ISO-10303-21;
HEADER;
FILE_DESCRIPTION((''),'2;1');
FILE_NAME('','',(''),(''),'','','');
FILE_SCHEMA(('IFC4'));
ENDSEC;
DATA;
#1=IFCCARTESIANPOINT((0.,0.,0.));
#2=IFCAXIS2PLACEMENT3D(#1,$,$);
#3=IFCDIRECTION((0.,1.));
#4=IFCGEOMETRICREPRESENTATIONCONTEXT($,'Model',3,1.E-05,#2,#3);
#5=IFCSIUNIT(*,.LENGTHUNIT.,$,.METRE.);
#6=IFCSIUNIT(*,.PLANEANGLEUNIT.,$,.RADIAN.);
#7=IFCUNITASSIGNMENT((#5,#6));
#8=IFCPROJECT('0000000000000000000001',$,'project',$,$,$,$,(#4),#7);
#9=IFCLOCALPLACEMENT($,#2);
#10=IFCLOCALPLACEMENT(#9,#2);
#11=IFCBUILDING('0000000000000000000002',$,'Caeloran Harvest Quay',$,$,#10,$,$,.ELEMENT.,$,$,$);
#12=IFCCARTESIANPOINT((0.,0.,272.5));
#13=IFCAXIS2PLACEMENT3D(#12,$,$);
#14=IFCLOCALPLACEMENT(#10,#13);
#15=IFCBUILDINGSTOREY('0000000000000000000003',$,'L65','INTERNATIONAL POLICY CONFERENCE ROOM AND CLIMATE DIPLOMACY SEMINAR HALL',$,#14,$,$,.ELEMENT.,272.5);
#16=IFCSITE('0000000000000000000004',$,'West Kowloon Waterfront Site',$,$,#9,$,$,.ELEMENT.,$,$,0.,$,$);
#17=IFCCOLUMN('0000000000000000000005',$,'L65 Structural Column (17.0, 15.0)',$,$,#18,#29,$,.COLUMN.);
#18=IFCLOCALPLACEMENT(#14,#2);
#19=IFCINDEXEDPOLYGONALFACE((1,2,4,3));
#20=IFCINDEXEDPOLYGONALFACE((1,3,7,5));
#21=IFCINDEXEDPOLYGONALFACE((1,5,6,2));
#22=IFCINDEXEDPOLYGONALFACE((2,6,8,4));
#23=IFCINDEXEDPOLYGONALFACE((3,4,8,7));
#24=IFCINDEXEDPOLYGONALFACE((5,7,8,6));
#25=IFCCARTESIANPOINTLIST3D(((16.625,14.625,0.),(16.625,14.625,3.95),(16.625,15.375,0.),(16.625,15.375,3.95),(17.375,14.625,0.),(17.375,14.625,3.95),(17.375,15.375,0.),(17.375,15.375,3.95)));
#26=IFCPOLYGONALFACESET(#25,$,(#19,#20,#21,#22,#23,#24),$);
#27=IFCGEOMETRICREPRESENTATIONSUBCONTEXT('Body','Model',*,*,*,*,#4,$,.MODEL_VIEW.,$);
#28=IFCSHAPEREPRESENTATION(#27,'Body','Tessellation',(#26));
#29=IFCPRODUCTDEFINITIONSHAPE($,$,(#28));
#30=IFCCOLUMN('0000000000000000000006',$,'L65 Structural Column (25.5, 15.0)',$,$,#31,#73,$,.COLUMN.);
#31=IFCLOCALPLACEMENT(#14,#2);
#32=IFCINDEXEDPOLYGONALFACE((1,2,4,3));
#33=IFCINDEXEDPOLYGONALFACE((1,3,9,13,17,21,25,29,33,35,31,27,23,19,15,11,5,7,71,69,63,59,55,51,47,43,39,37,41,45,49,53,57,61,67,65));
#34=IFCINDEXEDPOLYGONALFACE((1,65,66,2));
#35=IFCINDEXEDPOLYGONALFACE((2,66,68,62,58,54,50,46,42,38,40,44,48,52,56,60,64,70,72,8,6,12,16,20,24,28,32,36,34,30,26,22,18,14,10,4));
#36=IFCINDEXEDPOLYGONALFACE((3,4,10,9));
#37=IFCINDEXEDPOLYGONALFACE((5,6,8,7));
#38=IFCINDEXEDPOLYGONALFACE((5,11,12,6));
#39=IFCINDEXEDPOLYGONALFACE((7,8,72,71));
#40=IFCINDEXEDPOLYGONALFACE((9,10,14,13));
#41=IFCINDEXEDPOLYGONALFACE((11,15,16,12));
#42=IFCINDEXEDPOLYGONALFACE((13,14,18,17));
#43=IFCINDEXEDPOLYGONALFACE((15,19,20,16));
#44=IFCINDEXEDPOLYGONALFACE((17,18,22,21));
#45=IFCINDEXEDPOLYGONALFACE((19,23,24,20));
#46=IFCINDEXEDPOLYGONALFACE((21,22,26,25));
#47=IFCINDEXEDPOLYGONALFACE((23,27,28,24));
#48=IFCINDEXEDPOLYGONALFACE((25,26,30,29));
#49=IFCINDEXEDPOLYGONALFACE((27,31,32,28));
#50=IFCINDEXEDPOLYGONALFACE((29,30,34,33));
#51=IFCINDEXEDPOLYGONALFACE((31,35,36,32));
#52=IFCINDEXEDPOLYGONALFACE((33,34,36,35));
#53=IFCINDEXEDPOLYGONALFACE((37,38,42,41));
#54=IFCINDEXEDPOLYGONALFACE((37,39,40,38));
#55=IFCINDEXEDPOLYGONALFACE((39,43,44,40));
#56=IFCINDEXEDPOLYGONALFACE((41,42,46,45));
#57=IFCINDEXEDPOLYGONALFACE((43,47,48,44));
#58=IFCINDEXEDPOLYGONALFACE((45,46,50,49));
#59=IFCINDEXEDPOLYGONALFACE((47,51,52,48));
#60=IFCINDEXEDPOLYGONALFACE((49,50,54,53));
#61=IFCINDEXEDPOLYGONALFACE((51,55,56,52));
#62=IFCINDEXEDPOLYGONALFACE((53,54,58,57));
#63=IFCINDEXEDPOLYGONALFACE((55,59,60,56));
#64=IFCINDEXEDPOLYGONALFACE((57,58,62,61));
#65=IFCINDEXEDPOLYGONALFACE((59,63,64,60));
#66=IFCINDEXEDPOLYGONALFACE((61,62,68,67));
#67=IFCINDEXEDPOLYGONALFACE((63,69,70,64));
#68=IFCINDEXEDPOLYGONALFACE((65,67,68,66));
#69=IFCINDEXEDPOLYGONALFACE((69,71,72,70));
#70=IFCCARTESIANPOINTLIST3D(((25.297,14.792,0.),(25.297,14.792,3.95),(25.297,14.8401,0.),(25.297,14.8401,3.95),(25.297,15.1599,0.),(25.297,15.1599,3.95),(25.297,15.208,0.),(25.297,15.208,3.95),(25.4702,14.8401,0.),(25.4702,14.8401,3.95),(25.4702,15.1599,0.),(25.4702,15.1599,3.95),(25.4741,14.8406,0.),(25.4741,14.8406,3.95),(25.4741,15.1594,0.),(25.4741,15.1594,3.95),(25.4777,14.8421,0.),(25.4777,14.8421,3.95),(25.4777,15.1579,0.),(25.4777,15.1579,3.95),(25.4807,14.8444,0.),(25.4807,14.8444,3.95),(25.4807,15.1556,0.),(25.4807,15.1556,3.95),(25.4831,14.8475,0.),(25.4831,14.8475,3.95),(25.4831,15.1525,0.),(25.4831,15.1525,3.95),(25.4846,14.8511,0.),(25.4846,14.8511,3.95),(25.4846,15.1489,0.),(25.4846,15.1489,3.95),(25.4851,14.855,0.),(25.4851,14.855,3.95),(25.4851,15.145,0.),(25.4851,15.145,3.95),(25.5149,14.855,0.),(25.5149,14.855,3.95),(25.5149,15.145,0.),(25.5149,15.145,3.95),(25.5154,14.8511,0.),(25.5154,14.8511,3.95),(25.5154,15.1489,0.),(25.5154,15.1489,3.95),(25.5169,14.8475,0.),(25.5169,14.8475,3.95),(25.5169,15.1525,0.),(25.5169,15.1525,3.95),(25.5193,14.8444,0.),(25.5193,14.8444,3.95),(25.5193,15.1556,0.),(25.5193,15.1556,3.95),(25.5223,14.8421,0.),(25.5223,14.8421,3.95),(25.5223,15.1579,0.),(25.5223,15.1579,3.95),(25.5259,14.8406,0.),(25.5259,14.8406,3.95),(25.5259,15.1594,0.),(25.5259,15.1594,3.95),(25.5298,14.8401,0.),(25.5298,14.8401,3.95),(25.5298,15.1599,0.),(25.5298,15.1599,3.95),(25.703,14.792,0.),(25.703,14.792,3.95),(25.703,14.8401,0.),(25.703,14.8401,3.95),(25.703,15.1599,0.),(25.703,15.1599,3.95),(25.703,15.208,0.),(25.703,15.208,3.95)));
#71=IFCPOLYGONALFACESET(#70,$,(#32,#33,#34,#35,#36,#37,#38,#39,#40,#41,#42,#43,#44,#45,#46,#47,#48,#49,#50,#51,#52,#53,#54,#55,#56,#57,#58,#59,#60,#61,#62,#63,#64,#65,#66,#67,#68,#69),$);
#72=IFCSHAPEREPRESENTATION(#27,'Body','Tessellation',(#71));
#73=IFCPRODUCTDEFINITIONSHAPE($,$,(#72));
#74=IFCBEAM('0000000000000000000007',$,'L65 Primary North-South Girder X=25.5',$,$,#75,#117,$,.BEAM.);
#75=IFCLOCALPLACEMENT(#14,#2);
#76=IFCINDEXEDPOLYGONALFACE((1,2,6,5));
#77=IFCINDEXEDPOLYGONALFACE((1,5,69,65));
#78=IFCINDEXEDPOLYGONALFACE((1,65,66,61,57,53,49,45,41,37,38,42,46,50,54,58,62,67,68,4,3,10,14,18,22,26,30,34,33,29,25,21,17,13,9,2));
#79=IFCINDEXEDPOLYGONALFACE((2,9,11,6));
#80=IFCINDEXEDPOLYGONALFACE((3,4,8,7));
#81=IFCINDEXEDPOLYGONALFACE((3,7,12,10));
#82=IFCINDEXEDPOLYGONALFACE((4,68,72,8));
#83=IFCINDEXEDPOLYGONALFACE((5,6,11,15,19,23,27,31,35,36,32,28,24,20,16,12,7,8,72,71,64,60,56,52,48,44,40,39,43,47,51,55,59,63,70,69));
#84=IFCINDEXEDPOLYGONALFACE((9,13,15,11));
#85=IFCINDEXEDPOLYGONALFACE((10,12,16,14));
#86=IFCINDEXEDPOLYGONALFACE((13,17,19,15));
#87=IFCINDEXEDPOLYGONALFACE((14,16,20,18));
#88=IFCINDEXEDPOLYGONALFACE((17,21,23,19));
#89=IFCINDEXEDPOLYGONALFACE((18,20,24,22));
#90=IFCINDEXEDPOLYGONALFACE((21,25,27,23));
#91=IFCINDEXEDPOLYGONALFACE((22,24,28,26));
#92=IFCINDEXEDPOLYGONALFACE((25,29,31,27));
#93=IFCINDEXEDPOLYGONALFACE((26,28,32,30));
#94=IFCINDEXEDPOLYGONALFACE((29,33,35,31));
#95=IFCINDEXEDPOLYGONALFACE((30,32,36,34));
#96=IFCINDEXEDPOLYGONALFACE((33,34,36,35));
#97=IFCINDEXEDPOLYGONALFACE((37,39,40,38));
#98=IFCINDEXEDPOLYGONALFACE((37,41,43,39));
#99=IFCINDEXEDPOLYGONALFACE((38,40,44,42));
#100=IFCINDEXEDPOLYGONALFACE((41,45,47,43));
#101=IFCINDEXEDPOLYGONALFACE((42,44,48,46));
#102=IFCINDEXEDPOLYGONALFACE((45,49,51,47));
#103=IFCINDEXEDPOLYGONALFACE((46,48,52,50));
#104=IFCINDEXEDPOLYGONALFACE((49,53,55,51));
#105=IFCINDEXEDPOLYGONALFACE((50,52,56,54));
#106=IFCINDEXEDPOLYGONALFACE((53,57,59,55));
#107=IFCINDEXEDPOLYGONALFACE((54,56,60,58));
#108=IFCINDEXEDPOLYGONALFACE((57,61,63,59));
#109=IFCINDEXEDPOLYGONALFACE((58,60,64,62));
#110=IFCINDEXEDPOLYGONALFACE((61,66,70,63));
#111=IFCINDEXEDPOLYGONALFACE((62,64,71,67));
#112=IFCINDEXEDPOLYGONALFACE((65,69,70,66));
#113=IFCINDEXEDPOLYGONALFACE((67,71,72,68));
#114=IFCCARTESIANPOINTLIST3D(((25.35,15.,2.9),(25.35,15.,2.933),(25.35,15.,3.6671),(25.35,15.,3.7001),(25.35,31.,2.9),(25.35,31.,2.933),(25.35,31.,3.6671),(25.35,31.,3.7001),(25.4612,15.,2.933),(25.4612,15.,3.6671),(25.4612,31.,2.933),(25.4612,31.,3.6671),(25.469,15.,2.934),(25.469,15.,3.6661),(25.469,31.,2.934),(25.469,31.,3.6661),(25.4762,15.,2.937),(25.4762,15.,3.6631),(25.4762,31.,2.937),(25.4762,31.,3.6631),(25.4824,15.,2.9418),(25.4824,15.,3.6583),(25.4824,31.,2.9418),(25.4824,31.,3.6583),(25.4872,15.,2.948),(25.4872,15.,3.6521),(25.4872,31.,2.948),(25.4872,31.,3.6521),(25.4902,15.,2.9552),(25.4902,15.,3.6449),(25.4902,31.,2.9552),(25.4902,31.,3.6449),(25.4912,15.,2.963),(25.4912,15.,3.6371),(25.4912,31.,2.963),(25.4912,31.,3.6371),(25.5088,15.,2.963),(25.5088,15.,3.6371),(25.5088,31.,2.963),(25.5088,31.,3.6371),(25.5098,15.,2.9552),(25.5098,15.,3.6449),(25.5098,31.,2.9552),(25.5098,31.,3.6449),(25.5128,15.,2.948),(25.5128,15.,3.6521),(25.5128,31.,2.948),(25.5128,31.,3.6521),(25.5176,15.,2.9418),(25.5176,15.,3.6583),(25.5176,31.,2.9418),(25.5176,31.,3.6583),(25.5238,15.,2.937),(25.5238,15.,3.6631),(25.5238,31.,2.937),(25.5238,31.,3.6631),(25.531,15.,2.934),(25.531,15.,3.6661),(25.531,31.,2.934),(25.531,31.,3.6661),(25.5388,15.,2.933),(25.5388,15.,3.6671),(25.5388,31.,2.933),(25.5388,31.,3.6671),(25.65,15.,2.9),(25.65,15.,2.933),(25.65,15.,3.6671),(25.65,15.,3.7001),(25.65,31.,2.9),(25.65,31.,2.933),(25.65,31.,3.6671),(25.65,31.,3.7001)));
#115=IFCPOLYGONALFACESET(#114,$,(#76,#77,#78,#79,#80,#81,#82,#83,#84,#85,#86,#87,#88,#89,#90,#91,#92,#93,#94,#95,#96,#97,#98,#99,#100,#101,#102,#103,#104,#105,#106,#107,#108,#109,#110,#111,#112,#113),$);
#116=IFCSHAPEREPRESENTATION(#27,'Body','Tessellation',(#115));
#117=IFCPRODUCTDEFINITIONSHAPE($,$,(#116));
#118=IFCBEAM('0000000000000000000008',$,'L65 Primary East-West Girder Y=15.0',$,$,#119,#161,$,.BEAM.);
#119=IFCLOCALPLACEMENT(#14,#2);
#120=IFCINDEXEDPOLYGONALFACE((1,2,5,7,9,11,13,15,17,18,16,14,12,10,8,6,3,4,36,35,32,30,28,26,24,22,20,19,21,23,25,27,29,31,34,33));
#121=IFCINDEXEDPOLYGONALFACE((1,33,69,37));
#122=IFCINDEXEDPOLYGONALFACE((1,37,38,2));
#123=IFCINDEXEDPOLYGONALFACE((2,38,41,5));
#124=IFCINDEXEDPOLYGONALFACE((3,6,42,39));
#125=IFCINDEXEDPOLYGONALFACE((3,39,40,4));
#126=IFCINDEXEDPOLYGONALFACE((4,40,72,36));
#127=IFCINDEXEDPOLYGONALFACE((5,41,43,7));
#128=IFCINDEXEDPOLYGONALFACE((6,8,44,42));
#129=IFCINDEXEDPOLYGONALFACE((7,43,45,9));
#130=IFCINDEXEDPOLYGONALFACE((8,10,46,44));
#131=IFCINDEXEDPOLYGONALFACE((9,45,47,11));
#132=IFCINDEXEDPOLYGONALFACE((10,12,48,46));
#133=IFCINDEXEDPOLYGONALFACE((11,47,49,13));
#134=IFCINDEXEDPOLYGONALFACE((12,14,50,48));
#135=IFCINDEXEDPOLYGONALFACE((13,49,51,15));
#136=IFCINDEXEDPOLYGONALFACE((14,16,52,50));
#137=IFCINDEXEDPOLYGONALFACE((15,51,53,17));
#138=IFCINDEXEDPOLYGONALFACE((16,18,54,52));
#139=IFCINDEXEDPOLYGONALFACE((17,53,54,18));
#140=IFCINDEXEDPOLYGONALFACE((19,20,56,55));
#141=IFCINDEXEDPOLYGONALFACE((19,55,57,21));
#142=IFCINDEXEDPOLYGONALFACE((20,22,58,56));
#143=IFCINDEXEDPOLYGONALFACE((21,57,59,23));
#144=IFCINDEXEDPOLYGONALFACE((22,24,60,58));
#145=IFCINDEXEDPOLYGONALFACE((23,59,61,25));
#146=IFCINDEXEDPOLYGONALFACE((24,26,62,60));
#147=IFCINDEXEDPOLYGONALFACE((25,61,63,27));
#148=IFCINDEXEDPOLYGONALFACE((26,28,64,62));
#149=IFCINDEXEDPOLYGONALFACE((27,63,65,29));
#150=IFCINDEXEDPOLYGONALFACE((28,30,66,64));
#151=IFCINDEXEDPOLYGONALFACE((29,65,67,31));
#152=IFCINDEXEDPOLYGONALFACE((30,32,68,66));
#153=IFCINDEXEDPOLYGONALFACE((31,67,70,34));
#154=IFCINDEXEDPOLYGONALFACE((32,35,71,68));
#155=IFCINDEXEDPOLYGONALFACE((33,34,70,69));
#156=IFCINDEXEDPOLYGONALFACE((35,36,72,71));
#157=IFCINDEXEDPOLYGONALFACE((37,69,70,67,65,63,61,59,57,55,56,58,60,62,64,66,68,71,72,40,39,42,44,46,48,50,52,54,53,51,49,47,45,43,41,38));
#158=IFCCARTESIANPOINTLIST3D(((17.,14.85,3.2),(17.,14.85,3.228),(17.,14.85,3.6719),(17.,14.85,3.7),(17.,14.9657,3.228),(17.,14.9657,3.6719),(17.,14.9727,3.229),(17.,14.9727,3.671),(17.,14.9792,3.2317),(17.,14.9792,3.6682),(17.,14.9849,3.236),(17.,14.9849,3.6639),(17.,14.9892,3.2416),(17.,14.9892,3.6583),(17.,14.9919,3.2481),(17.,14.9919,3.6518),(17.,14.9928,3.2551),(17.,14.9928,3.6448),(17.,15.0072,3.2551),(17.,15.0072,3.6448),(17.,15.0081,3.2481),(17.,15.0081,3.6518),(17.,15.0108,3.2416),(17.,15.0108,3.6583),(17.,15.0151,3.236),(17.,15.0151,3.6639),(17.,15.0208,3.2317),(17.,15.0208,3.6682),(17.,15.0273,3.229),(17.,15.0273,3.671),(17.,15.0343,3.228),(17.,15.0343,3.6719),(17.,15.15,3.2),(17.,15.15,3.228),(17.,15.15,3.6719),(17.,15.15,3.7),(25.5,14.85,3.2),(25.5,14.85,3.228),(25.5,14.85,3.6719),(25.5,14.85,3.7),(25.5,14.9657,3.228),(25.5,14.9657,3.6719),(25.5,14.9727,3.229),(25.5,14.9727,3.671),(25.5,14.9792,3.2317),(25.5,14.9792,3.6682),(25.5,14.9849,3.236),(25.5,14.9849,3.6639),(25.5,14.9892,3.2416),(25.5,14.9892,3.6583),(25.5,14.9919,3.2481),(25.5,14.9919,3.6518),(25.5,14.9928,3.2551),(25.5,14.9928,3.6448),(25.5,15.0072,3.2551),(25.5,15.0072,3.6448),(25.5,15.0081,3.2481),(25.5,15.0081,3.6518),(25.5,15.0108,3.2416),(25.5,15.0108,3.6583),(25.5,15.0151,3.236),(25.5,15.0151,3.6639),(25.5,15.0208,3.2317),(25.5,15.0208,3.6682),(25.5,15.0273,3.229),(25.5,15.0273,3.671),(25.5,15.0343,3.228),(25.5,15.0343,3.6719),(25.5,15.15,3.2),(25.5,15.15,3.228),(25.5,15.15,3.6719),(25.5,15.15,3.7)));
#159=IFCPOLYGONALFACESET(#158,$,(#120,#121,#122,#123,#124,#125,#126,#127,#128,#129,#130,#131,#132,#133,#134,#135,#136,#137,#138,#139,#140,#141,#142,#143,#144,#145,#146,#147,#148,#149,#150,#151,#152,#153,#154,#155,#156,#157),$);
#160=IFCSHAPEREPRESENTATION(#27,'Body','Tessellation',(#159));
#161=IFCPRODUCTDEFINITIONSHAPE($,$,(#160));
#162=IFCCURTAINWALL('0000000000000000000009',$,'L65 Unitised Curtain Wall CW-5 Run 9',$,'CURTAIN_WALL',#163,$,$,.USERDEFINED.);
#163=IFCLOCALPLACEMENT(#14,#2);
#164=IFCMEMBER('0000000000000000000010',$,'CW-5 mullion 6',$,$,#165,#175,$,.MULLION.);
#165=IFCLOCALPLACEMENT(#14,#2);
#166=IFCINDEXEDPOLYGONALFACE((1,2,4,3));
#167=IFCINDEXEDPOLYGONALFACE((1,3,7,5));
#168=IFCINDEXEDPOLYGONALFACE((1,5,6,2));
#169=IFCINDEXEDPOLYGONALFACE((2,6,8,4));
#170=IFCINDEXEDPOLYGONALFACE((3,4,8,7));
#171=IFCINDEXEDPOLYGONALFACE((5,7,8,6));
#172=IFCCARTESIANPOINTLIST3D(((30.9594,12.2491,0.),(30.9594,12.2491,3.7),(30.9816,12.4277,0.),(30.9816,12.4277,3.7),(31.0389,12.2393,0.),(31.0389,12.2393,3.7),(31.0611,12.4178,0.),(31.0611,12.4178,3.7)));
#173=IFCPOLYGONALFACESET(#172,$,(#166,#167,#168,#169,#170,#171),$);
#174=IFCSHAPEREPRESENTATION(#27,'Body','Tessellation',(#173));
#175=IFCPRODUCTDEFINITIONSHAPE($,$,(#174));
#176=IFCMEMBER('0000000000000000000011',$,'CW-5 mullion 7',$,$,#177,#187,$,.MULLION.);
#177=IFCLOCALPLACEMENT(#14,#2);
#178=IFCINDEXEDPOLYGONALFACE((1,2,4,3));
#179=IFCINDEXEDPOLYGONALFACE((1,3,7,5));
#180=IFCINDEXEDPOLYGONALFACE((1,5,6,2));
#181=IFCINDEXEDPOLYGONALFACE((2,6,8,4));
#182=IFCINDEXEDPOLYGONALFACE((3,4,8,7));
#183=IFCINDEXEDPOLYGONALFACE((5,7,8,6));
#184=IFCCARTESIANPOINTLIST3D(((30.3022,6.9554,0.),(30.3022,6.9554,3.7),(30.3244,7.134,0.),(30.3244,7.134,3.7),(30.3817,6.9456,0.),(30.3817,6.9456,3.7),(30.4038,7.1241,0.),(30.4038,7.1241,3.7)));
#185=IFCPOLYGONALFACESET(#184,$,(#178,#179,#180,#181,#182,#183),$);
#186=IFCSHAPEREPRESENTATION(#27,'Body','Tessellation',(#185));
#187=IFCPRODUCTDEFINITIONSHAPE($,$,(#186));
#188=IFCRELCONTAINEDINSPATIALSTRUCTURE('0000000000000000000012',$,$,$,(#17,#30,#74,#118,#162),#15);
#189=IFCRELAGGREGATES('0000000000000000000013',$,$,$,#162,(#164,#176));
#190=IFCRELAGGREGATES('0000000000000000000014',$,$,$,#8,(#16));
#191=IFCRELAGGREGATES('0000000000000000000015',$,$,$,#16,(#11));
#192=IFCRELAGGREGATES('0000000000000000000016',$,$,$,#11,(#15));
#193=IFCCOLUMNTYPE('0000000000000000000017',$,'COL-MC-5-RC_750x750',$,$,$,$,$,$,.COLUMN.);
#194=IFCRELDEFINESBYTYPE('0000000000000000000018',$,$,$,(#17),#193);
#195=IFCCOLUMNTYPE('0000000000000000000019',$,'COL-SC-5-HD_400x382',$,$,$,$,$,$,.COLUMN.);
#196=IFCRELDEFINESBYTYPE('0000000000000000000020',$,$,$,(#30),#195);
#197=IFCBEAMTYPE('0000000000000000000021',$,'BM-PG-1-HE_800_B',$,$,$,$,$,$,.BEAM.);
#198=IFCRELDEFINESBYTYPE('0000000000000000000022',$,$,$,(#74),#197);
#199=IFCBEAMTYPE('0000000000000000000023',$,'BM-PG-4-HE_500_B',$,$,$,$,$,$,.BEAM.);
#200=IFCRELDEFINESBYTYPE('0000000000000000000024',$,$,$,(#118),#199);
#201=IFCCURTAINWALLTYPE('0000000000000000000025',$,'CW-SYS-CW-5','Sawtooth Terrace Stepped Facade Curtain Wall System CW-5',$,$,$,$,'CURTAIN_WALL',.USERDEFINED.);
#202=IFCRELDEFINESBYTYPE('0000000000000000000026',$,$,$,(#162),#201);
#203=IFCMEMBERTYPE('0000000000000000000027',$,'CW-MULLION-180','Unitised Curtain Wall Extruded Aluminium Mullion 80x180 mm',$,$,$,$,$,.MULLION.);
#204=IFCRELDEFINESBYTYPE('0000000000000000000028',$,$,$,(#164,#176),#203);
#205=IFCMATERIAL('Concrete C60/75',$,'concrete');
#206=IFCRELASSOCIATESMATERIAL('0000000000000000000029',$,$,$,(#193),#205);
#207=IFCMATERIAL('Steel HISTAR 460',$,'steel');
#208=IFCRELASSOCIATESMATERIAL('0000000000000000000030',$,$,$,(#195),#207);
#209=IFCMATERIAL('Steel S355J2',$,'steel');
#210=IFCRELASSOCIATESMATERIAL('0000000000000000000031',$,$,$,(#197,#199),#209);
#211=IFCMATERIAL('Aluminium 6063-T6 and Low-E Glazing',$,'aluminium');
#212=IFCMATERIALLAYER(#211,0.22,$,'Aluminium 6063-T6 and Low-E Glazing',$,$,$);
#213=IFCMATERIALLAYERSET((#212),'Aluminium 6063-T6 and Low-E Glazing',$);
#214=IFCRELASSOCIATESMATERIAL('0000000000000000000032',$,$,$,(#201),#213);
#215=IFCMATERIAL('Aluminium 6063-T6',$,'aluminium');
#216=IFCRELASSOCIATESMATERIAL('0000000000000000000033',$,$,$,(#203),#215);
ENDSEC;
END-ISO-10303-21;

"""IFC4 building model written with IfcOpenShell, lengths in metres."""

from ifc_helpers import new_model, si_unit, direction, frame, origin, origin_2d, place, context, subcontext, project, spatial, rectangle, i_section, extrude, material, layer, layer_set, material_profile, profile_set, type_object, element, aggregate, save


model = new_model("IFC4")

# Units and contexts
model_context = context("Model", 3, precision=1e-05, world=origin(), true_north=direction((0.0, 1.0)))
body_context = subcontext(model_context, "Body", "Model", "MODEL_VIEW")
ifc_project = project(units=[si_unit("LENGTHUNIT", "METRE"), si_unit("PLANEANGLEUNIT", "RADIAN")], contexts=[model_context])

# Site, building, storey
site_placement = place(None, origin())
site = spatial("IfcSite", under=ifc_project, at=site_placement, Name="West Kowloon Waterfront Site", CompositionType="ELEMENT", RefElevation=0.0)
building_placement = place(site_placement, origin())
building = spatial("IfcBuilding", under=site, at=building_placement, Name="Caeloran Harvest Quay", CompositionType="ELEMENT")
storey_placement = place(building_placement, frame((0.0, 0.0, 272.5)))
storey = spatial("IfcBuildingStorey", under=building, at=storey_placement, Name="L65", Description="INTERNATIONAL POLICY CONFERENCE ROOM AND CLIMATE DIPLOMACY SEMINAR HALL", CompositionType="ELEMENT", Elevation=272.5)

# Columns
ifc_material_1 = material(Name="Concrete C60/75", Category="concrete")
ifc_material_profile_1 = material_profile(ifc_material_1, rectangle(XDim=0.75, YDim=0.75, at=origin_2d()), Name="RC 750x750")
ifc_profile_set_1 = profile_set([ifc_material_profile_1], Name="Concrete C60/75")
column_type_1 = type_object("IfcColumnType", Name="COL-MC-5-RC_750x750", PredefinedType="COLUMN", material=ifc_profile_set_1)
column_1_placement = place(storey_placement, frame((17.0, 15.0, 0.0), z_axis=(0.0, 0.0, 1.0), x_axis=(1.0, 0.0, 0.0)))
element("IfcColumn", 1, at=column_1_placement, inside=storey, type_object=column_type_1, Name="L65 Structural Column (17.0, 15.0)", PredefinedType="COLUMN", context=body_context, shape_type="SweptSolid", body=[
    extrude(rectangle(XDim=0.75, YDim=0.75, at=origin_2d()), origin(), (0.0, 0.0, 1.0), 3.95),
])
ifc_material_2 = material(Name="Steel HISTAR 460", Category="steel")
ifc_material_profile_2 = material_profile(ifc_material_2, i_section(OverallWidth=0.406, OverallDepth=0.416, WebThickness=0.0298, FlangeThickness=0.0481, FilletRadius=0.0149, at=origin_2d()), Name="HD 400x382")
ifc_profile_set_2 = profile_set([ifc_material_profile_2], Name="Steel HISTAR 460")
column_type_2 = type_object("IfcColumnType", Name="COL-SC-5-HD_400x382", PredefinedType="COLUMN", material=ifc_profile_set_2)
column_2_placement = place(storey_placement, frame((25.5, 15.0, 0.0), z_axis=(0.0, 0.0, 1.0), x_axis=(1.0, 0.0, 0.0)))
element("IfcColumn", 2, at=column_2_placement, inside=storey, type_object=column_type_2, Name="L65 Structural Column (25.5, 15.0)", PredefinedType="COLUMN", context=body_context, shape_type="SweptSolid", body=[
    extrude(i_section(OverallWidth=0.406, OverallDepth=0.416, WebThickness=0.0298, FlangeThickness=0.0481, FilletRadius=0.0149, at=origin_2d()), origin(), (0.0, 0.0, 1.0), 3.95),
])

# Beams
ifc_material_3 = material(Name="Steel S355J2", Category="steel")
ifc_material_profile_3 = material_profile(ifc_material_3, i_section(OverallWidth=0.3, OverallDepth=0.8, WebThickness=0.0176, FlangeThickness=0.033, FilletRadius=0.03, at=origin_2d()), Name="HE 800 B")
ifc_profile_set_3 = profile_set([ifc_material_profile_3], Name="Steel S355J2")
beam_type_1 = type_object("IfcBeamType", Name="BM-PG-1-HE_800_B", PredefinedType="BEAM", material=ifc_profile_set_3)
beam_1_placement = place(storey_placement, frame((25.5, 15.0, 3.3), z_axis=(0.0, 1.0, 0.0), x_axis=(-1.0, 0.0, 0.0)))
element("IfcBeam", 3, at=beam_1_placement, inside=storey, type_object=beam_type_1, Name="L65 Primary North-South Girder X=25.5", PredefinedType="BEAM", context=body_context, shape_type="SweptSolid", body=[
    extrude(i_section(OverallWidth=0.3, OverallDepth=0.8, WebThickness=0.0176, FlangeThickness=0.033, FilletRadius=0.03, at=origin_2d()), origin(), (0.0, 0.0, 1.0), 16.0),
])
ifc_material_profile_4 = material_profile(ifc_material_3, i_section(OverallWidth=0.3, OverallDepth=0.5, WebThickness=0.0144, FlangeThickness=0.0281, FilletRadius=0.0271, at=origin_2d()), Name="HE 500 B")
ifc_profile_set_4 = profile_set([ifc_material_profile_4], Name="Steel S355J2")
beam_type_2 = type_object("IfcBeamType", Name="BM-PG-4-HE_500_B", PredefinedType="BEAM", material=ifc_profile_set_4)
beam_2_placement = place(storey_placement, frame((17.0, 15.0, 3.45), z_axis=(1.0, 0.0, 0.0), x_axis=(0.0, 1.0, 0.0)))
element("IfcBeam", 4, at=beam_2_placement, inside=storey, type_object=beam_type_2, Name="L65 Primary East-West Girder Y=15.0", PredefinedType="BEAM", context=body_context, shape_type="SweptSolid", body=[
    extrude(i_section(OverallWidth=0.3, OverallDepth=0.5, WebThickness=0.0144, FlangeThickness=0.0281, FilletRadius=0.0271, at=origin_2d()), origin(), (0.0, 0.0, 1.0), 8.5),
])

# Curtain wall, members
ifc_material_4 = material(Name="Aluminium 6063-T6 and Low-E Glazing", Category="aluminium")
ifc_layer_1 = layer(ifc_material_4, 0.22, Name="Aluminium 6063-T6 and Low-E Glazing")
ifc_layer_set_1 = layer_set([ifc_layer_1], Name="Aluminium 6063-T6 and Low-E Glazing")
curtain_wall_type = type_object("IfcCurtainWallType", Name="CW-SYS-CW-5", Description="Sawtooth Terrace Stepped Facade Curtain Wall System CW-5", ElementType="CURTAIN_WALL", PredefinedType="USERDEFINED", material=ifc_layer_set_1)
curtain_wall_placement = place(storey_placement, origin())
curtain_wall = element("IfcCurtainWall", 5, at=curtain_wall_placement, inside=storey, type_object=curtain_wall_type, Name="L65 Unitised Curtain Wall CW-5 Run 9", ObjectType="CURTAIN_WALL", PredefinedType="USERDEFINED")
ifc_material_5 = material(Name="Aluminium 6063-T6", Category="aluminium")
ifc_material_profile_5 = material_profile(ifc_material_5, rectangle(XDim=0.0801, YDim=0.1799, at=origin_2d()), Name="CW-MULLION-180")
ifc_profile_set_5 = profile_set([ifc_material_profile_5], Name="Aluminium 6063-T6")
member_type_1 = type_object("IfcMemberType", Name="CW-MULLION-180", Description="Unitised Curtain Wall Extruded Aluminium Mullion 80x180 mm", PredefinedType="MULLION", material=ifc_profile_set_5)
member_1_placement = place(storey_placement, frame((31.0103, 12.3335, 0.0), z_axis=(0.0, 0.0, 1.0), x_axis=(0.992383, -0.12319, 0.0)))
member_1 = element("IfcMember", 6, at=member_1_placement, type_object=member_type_1, Name="CW-5 mullion 6", PredefinedType="MULLION", context=body_context, shape_type="SweptSolid", body=[
    extrude(rectangle(XDim=0.0801, YDim=0.1799, at=origin_2d()), origin(), (0.0, 0.0, 1.0), 3.7),
])
member_2_placement = place(storey_placement, frame((30.353, 7.0398, 0.0), z_axis=(0.0, 0.0, 1.0), x_axis=(0.992383, -0.12319, 0.0)))
member_2 = element("IfcMember", 7, at=member_2_placement, type_object=member_type_1, Name="CW-5 mullion 7", PredefinedType="MULLION", context=body_context, shape_type="SweptSolid", body=[
    extrude(rectangle(XDim=0.0801, YDim=0.1799, at=origin_2d()), origin(), (0.0, 0.0, 1.0), 3.7),
])
aggregate(curtain_wall, [member_1, member_2])

save(model, "model.ifc")
